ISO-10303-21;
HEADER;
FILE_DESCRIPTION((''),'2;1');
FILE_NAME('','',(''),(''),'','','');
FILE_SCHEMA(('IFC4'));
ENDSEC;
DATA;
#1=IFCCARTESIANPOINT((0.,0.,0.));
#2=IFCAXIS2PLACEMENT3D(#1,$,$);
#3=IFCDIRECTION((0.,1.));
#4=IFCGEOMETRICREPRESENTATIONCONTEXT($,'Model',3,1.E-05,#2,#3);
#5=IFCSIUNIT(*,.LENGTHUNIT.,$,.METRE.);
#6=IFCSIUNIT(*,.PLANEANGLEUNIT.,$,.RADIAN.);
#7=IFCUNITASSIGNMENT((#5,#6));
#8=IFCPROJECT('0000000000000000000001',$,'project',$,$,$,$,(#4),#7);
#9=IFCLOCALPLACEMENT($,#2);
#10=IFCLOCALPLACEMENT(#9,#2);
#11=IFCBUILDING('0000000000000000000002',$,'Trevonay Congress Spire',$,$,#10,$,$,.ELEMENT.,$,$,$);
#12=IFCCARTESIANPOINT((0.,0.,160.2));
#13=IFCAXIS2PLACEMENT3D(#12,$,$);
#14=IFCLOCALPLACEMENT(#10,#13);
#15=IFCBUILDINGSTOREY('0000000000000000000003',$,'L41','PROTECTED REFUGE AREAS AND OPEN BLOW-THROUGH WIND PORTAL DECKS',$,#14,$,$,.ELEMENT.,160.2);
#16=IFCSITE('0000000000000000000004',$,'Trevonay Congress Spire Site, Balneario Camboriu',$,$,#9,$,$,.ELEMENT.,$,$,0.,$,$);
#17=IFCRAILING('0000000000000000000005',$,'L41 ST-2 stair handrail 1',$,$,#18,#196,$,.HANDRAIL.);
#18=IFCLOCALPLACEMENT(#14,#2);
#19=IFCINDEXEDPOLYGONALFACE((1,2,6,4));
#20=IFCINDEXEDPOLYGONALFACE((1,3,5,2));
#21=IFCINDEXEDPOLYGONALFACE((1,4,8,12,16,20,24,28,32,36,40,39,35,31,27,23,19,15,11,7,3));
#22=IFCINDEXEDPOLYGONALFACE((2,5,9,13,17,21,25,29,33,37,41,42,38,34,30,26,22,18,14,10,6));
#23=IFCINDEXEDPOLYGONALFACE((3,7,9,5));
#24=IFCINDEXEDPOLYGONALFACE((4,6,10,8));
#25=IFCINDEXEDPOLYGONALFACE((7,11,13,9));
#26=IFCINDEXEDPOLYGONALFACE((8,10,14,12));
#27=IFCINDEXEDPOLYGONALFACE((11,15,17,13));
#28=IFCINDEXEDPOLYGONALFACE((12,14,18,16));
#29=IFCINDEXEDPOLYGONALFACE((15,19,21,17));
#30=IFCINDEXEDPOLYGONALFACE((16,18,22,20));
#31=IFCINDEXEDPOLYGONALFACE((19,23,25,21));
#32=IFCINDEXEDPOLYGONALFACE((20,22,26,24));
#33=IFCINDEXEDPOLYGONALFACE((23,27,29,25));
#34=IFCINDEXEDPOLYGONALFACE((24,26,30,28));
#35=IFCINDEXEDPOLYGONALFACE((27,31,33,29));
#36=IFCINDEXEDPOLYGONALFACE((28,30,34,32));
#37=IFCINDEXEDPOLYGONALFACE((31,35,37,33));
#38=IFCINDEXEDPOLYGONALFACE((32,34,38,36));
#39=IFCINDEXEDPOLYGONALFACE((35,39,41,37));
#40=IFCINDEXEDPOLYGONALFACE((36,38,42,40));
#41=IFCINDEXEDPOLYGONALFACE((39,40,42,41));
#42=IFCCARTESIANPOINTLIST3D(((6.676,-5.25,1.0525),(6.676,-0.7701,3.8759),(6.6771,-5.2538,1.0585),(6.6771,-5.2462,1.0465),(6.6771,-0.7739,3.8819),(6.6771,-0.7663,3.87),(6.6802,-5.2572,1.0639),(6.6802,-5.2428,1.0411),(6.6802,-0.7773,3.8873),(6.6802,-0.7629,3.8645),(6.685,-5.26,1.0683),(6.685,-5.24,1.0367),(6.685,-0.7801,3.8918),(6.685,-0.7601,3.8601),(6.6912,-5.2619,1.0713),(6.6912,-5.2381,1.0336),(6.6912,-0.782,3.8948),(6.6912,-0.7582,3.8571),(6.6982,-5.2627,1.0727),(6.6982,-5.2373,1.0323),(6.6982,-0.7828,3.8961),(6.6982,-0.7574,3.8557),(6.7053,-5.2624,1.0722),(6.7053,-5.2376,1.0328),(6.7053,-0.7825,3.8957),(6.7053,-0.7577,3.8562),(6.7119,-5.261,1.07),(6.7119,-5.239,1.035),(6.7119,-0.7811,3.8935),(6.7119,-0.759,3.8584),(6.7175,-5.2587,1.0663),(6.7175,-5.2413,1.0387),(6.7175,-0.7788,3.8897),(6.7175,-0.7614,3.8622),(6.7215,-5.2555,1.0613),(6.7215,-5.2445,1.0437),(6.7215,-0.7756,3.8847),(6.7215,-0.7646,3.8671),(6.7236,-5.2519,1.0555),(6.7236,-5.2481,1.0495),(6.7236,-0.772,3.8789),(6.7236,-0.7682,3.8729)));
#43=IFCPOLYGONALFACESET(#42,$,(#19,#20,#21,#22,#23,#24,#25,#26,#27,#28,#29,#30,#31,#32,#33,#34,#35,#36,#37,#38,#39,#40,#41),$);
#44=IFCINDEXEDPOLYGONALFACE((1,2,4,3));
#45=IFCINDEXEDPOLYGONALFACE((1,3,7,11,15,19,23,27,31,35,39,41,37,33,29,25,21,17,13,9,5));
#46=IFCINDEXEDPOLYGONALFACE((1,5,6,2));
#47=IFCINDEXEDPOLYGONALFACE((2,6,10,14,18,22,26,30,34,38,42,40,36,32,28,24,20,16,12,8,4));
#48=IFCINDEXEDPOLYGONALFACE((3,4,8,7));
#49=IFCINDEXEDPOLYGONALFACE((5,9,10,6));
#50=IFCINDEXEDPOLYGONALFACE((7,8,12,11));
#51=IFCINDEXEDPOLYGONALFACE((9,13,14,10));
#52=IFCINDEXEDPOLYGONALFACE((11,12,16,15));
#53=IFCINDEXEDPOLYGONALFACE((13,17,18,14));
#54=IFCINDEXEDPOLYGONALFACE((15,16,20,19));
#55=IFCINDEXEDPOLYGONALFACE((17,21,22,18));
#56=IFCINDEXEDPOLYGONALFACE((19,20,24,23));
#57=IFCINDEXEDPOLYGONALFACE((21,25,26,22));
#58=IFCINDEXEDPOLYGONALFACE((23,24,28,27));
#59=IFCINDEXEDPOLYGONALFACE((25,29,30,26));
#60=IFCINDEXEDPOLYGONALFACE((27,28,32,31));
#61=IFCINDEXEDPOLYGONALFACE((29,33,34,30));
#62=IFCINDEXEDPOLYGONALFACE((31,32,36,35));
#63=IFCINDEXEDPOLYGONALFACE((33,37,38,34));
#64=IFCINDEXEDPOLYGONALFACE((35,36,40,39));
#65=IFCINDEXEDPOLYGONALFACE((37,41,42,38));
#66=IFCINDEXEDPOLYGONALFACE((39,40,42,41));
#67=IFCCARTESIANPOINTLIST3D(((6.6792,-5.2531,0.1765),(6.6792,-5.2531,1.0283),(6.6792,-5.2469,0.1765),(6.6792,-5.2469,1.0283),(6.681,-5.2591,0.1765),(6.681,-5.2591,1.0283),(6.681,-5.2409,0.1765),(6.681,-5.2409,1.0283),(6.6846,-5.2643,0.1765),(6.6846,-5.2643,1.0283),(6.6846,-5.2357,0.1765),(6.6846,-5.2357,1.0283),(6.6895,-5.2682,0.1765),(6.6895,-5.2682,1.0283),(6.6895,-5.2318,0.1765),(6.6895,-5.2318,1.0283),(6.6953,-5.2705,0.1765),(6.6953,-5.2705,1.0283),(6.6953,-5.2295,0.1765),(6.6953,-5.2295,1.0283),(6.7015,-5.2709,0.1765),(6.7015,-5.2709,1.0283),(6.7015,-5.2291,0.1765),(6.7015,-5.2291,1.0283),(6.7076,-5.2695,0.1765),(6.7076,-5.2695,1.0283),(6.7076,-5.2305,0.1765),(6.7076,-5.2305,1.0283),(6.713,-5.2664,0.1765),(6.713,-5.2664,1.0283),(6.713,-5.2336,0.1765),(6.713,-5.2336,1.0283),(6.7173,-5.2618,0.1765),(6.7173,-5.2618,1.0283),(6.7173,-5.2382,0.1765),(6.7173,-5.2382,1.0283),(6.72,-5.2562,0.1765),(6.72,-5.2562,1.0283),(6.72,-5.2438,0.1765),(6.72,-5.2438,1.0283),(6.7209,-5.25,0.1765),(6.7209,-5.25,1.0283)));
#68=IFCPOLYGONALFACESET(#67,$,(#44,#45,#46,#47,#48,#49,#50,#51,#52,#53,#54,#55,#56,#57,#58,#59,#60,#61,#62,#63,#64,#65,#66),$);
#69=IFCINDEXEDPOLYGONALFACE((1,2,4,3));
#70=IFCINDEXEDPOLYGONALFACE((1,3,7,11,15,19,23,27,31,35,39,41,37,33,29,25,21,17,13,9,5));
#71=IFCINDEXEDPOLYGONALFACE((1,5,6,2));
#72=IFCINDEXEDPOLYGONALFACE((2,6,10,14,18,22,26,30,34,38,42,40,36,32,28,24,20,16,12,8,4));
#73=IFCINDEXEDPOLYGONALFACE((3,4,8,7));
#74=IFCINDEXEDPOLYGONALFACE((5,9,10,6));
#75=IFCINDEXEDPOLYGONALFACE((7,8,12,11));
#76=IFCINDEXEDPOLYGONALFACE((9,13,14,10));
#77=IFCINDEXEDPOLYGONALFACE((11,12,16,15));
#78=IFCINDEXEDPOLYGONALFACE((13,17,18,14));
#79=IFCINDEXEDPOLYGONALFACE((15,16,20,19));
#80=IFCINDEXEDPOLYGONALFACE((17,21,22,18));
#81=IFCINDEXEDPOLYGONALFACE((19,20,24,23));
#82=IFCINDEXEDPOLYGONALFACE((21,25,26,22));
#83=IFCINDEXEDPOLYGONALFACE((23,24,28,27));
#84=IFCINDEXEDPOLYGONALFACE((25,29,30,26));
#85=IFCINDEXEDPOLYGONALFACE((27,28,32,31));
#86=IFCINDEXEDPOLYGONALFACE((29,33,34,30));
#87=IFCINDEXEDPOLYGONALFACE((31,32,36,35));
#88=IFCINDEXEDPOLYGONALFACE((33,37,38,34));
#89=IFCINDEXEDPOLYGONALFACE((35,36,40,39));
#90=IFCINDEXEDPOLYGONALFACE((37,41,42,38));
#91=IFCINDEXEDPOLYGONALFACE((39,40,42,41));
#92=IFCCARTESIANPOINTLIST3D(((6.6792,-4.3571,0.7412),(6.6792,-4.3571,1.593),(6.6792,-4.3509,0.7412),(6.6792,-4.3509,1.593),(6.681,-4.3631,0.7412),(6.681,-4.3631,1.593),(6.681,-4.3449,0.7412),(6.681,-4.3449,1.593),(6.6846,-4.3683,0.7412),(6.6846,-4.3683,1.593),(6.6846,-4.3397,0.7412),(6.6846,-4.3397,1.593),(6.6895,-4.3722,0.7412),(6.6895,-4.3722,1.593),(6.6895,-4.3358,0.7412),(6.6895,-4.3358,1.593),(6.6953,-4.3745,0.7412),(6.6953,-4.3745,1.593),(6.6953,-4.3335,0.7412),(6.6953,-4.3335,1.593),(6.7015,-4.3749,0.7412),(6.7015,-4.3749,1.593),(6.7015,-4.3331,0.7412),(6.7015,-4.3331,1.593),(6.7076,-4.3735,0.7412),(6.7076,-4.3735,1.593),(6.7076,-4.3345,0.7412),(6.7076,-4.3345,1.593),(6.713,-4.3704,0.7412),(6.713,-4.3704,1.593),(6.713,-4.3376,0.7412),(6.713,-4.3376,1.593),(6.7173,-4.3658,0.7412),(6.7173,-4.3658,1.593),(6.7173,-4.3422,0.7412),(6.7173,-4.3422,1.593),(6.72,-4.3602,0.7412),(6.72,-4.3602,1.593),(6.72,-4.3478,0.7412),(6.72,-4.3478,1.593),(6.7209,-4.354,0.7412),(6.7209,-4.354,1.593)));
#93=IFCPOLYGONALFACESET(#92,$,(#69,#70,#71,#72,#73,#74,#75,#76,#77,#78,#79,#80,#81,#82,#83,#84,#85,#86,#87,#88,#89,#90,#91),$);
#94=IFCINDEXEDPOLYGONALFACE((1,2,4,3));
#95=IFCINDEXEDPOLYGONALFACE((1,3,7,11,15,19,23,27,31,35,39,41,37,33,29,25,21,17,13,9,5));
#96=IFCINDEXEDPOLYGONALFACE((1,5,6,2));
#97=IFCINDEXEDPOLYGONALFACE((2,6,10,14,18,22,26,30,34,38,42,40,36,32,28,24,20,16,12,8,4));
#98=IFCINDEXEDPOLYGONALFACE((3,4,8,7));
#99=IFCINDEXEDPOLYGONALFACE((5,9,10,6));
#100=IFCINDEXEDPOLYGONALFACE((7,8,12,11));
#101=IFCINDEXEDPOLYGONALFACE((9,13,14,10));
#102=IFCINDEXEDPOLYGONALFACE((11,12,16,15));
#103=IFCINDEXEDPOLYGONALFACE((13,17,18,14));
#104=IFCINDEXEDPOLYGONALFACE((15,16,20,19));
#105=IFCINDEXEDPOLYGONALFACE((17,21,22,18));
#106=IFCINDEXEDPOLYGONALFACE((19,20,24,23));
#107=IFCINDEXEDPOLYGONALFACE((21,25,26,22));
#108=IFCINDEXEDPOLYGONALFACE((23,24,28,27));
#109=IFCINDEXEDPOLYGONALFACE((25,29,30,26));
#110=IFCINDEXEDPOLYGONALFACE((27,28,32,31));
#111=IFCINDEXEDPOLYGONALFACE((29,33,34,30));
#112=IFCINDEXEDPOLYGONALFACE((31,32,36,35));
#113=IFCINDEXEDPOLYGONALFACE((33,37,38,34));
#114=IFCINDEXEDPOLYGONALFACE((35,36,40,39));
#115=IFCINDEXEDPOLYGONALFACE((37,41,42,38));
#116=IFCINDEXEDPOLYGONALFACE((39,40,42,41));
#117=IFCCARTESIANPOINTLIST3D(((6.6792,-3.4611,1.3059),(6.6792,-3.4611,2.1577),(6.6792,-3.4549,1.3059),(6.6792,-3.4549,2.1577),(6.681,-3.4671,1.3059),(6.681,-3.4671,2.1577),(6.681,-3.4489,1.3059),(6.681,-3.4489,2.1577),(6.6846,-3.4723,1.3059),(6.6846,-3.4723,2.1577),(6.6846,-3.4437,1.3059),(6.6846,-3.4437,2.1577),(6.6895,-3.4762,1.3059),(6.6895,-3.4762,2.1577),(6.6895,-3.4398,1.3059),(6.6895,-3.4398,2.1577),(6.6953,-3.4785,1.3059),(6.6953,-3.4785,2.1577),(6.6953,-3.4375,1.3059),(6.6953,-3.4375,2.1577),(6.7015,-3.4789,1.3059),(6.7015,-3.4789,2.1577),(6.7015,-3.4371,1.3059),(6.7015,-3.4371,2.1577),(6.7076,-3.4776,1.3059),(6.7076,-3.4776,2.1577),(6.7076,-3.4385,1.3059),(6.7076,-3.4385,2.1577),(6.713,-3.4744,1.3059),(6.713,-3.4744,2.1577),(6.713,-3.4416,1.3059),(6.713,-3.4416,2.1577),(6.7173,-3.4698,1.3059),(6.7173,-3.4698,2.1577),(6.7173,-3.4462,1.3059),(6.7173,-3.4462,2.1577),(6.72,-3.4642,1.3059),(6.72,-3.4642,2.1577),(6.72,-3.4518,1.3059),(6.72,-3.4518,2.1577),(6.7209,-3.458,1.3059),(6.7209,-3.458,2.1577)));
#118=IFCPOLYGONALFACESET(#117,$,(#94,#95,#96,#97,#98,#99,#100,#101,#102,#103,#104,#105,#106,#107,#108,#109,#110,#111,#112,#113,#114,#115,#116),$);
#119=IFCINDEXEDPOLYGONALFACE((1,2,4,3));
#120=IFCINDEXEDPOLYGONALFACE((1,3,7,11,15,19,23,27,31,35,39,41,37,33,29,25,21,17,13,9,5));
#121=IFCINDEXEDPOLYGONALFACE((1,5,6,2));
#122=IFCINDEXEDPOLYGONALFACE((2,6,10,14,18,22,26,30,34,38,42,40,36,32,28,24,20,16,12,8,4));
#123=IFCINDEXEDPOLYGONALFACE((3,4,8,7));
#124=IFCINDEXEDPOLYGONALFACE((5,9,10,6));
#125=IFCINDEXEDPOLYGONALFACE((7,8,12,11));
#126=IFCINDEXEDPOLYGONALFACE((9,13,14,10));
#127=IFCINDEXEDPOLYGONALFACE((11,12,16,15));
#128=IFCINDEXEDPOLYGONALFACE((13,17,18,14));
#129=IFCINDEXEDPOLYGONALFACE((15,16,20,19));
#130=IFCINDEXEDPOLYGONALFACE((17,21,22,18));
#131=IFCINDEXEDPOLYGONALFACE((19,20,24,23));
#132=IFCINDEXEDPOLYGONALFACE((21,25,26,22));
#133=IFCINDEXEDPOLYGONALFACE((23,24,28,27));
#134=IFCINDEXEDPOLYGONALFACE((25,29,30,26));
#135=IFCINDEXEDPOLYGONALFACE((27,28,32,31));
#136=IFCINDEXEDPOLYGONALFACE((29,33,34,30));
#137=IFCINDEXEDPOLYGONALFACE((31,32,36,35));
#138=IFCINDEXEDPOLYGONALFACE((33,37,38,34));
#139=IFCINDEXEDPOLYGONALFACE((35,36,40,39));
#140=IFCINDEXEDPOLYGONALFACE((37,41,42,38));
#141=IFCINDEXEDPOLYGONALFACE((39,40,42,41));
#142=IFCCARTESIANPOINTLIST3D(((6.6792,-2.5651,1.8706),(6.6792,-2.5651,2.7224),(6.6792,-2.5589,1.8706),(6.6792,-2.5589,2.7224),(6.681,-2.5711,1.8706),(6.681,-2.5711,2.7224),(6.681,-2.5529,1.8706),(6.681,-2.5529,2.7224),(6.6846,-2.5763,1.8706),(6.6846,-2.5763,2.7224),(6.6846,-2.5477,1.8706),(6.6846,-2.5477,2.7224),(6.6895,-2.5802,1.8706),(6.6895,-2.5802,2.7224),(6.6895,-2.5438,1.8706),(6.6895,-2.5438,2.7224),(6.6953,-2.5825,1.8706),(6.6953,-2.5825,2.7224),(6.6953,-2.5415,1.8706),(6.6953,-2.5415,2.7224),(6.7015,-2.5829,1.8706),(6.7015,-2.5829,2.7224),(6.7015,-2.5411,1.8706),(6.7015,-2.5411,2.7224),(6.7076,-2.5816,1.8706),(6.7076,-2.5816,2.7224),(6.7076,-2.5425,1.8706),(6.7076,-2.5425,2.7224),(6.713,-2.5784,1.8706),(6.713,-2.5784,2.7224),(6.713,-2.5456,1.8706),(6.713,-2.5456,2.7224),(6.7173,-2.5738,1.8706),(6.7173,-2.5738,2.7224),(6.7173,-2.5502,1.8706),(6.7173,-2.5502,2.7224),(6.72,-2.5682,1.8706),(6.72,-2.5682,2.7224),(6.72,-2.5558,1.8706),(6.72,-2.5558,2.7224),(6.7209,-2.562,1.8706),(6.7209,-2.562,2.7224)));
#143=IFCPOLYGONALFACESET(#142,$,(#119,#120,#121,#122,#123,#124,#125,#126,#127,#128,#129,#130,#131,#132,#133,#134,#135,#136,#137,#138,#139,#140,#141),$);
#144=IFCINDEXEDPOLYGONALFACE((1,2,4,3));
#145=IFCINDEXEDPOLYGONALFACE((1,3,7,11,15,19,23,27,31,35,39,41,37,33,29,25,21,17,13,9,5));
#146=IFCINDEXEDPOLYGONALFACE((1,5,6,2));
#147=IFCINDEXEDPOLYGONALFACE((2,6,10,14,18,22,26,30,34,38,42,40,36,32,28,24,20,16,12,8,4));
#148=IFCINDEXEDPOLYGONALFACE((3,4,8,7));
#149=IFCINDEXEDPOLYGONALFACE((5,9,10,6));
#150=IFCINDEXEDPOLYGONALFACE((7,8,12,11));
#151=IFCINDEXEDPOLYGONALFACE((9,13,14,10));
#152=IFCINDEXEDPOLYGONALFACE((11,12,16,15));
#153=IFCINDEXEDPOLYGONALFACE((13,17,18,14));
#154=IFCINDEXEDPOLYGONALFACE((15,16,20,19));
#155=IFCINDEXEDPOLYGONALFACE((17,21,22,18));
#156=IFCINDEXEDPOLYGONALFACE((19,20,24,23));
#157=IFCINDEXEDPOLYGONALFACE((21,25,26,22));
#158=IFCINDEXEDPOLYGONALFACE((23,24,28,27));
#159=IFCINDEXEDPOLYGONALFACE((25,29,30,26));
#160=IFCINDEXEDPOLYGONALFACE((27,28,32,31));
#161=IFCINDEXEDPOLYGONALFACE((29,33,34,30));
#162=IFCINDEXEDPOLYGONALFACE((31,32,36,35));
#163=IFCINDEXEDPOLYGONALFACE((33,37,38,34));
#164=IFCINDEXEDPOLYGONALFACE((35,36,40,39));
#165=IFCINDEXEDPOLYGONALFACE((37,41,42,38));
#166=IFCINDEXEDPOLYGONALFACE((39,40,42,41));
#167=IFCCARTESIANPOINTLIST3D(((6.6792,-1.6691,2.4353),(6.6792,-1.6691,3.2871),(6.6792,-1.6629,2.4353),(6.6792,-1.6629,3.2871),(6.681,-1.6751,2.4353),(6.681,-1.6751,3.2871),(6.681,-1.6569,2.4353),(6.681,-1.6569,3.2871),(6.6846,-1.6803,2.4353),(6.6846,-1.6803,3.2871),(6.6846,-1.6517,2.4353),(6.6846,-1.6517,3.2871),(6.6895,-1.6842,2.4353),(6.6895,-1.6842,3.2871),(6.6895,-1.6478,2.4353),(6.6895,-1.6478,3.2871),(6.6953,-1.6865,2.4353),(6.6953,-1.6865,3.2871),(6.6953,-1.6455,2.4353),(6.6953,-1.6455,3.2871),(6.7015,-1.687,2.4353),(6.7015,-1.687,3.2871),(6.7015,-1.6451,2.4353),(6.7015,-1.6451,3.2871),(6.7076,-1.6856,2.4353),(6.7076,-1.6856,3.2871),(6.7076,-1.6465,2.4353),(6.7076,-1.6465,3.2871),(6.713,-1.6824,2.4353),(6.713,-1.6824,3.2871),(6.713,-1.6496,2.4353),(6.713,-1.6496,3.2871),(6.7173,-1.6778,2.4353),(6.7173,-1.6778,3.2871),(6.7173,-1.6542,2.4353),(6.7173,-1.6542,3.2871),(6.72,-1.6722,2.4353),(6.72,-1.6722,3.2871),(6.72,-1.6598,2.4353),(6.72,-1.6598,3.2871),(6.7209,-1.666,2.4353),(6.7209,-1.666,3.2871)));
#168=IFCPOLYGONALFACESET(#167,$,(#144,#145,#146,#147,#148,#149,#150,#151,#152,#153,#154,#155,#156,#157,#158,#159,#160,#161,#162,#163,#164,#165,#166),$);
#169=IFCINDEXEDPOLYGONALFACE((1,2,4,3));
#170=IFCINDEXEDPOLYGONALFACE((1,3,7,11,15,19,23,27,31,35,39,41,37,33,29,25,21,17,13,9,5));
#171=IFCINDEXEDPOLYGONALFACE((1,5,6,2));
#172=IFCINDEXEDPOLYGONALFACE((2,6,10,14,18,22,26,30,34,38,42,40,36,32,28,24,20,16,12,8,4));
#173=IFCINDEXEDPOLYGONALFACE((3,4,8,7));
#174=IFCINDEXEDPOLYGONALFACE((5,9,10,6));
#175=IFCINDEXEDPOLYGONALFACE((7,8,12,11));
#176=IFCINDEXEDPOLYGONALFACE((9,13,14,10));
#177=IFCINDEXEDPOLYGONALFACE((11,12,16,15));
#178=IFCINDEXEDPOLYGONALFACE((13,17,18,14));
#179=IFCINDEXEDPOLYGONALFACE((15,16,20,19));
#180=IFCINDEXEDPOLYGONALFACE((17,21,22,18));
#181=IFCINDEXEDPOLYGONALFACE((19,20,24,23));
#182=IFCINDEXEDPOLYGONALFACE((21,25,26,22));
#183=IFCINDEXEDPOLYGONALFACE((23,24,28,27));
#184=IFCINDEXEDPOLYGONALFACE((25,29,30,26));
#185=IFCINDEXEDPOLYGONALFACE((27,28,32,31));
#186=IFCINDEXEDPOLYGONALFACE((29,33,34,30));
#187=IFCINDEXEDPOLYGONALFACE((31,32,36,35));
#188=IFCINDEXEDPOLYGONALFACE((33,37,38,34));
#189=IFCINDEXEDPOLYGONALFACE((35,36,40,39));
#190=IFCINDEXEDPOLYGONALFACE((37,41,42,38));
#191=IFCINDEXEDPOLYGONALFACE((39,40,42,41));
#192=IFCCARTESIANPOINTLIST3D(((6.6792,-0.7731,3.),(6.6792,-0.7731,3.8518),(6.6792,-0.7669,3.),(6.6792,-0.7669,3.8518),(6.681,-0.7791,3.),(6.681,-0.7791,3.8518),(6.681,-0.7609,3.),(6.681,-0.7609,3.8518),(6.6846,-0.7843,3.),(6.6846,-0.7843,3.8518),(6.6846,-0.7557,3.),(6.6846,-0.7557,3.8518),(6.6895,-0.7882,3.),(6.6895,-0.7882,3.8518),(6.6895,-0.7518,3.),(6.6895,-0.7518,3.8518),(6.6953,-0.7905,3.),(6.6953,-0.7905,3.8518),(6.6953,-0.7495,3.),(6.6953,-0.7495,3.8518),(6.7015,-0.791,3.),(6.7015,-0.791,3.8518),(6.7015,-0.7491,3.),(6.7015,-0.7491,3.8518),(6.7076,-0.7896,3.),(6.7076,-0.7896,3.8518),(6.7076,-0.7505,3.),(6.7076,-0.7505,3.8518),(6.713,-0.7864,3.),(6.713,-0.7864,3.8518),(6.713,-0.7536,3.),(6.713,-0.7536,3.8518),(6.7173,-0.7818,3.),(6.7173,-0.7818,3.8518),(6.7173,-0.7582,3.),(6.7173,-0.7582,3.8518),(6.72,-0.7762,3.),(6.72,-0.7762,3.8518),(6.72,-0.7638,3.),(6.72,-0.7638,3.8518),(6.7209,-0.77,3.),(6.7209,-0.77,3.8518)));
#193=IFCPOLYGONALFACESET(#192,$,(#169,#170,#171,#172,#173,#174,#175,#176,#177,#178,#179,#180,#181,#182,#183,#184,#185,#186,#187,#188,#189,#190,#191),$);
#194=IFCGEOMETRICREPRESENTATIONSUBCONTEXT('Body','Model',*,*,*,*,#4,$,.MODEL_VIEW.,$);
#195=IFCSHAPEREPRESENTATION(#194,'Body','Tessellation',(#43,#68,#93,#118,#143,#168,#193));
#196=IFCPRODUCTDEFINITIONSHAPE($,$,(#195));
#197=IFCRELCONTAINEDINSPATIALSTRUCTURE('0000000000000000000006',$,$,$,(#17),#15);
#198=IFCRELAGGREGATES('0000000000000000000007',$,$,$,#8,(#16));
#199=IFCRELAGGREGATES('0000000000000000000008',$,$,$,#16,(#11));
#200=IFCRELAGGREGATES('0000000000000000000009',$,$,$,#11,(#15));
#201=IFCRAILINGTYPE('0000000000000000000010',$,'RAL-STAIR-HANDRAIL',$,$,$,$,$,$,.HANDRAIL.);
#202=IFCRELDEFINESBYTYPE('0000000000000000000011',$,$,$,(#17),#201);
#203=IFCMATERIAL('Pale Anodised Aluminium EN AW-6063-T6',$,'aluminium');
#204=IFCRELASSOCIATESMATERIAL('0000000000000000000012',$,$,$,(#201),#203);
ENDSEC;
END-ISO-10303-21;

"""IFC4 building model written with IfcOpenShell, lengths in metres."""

from ifc_helpers import new_model, si_unit, direction, frame, origin, origin_2d, place, context, subcontext, project, spatial, circle, extrude, material, type_object, element, save


model = new_model("IFC4")

# Units and contexts
model_context = context("Model", 3, precision=1e-05, world=origin(), true_north=direction((0.0, 1.0)))
body_context = subcontext(model_context, "Body", "Model", "MODEL_VIEW")
ifc_project = project(units=[si_unit("LENGTHUNIT", "METRE"), si_unit("PLANEANGLEUNIT", "RADIAN")], contexts=[model_context])

# Site, building, storey
site_placement = place(None, origin())
site = spatial("IfcSite", under=ifc_project, at=site_placement, Name="Trevonay Congress Spire Site, Balneario Camboriu", CompositionType="ELEMENT", RefElevation=0.0)
building_placement = place(site_placement, origin())
building = spatial("IfcBuilding", under=site, at=building_placement, Name="Trevonay Congress Spire", CompositionType="ELEMENT")
storey_placement = place(building_placement, frame((0.0, 0.0, 160.2)))
storey = spatial("IfcBuildingStorey", under=building, at=storey_placement, Name="L41", Description="PROTECTED REFUGE AREAS AND OPEN BLOW-THROUGH WIND PORTAL DECKS", CompositionType="ELEMENT", Elevation=160.2)

# Shared definitions
ifc_material_1 = material(Name="Pale Anodised Aluminium EN AW-6063-T6", Category="aluminium")

# Railing
railing_type_1 = type_object("IfcRailingType", Name="RAL-STAIR-HANDRAIL", PredefinedType="HANDRAIL", material=ifc_material_1)
railing_1_placement = place(storey_placement, frame((6.7, -5.25, 0.1765)))
element("IfcRailing", 1, at=railing_1_placement, inside=storey, type_object=railing_type_1, Name="L41 ST-2 stair handrail 1", PredefinedType="HANDRAIL", context=body_context, shape_type="SweptSolid", body=[
    extrude(circle(Radius=0.0239, at=origin_2d()), frame((0.0, 0.0, 0.876), z_axis=(0.0, 0.845998, 0.533186), x_axis=(-1.0, 0.0, 0.0)), (0.0, 0.0, 1.0), 5.2954),
    extrude(circle(Radius=0.021, at=origin_2d()), origin(), (0.0, 0.0, 1.0), 0.8518),
    extrude(circle(Radius=0.021, at=origin_2d()), frame((0.0, 0.896, 0.5647)), (0.0, 0.0, 1.0), 0.8518),
    extrude(circle(Radius=0.021, at=origin_2d()), frame((0.0, 1.792, 1.1294)), (0.0, 0.0, 1.0), 0.8518),
    extrude(circle(Radius=0.021, at=origin_2d()), frame((0.0, 2.688, 1.6941)), (0.0, 0.0, 1.0), 0.8518),
    extrude(circle(Radius=0.021, at=origin_2d()), frame((0.0, 3.584, 2.2588)), (0.0, 0.0, 1.0), 0.8518),
    extrude(circle(Radius=0.021, at=origin_2d()), frame((0.0, 4.48, 2.8235)), (0.0, 0.0, 1.0), 0.8518),
])

save(model, "model.ifc")
